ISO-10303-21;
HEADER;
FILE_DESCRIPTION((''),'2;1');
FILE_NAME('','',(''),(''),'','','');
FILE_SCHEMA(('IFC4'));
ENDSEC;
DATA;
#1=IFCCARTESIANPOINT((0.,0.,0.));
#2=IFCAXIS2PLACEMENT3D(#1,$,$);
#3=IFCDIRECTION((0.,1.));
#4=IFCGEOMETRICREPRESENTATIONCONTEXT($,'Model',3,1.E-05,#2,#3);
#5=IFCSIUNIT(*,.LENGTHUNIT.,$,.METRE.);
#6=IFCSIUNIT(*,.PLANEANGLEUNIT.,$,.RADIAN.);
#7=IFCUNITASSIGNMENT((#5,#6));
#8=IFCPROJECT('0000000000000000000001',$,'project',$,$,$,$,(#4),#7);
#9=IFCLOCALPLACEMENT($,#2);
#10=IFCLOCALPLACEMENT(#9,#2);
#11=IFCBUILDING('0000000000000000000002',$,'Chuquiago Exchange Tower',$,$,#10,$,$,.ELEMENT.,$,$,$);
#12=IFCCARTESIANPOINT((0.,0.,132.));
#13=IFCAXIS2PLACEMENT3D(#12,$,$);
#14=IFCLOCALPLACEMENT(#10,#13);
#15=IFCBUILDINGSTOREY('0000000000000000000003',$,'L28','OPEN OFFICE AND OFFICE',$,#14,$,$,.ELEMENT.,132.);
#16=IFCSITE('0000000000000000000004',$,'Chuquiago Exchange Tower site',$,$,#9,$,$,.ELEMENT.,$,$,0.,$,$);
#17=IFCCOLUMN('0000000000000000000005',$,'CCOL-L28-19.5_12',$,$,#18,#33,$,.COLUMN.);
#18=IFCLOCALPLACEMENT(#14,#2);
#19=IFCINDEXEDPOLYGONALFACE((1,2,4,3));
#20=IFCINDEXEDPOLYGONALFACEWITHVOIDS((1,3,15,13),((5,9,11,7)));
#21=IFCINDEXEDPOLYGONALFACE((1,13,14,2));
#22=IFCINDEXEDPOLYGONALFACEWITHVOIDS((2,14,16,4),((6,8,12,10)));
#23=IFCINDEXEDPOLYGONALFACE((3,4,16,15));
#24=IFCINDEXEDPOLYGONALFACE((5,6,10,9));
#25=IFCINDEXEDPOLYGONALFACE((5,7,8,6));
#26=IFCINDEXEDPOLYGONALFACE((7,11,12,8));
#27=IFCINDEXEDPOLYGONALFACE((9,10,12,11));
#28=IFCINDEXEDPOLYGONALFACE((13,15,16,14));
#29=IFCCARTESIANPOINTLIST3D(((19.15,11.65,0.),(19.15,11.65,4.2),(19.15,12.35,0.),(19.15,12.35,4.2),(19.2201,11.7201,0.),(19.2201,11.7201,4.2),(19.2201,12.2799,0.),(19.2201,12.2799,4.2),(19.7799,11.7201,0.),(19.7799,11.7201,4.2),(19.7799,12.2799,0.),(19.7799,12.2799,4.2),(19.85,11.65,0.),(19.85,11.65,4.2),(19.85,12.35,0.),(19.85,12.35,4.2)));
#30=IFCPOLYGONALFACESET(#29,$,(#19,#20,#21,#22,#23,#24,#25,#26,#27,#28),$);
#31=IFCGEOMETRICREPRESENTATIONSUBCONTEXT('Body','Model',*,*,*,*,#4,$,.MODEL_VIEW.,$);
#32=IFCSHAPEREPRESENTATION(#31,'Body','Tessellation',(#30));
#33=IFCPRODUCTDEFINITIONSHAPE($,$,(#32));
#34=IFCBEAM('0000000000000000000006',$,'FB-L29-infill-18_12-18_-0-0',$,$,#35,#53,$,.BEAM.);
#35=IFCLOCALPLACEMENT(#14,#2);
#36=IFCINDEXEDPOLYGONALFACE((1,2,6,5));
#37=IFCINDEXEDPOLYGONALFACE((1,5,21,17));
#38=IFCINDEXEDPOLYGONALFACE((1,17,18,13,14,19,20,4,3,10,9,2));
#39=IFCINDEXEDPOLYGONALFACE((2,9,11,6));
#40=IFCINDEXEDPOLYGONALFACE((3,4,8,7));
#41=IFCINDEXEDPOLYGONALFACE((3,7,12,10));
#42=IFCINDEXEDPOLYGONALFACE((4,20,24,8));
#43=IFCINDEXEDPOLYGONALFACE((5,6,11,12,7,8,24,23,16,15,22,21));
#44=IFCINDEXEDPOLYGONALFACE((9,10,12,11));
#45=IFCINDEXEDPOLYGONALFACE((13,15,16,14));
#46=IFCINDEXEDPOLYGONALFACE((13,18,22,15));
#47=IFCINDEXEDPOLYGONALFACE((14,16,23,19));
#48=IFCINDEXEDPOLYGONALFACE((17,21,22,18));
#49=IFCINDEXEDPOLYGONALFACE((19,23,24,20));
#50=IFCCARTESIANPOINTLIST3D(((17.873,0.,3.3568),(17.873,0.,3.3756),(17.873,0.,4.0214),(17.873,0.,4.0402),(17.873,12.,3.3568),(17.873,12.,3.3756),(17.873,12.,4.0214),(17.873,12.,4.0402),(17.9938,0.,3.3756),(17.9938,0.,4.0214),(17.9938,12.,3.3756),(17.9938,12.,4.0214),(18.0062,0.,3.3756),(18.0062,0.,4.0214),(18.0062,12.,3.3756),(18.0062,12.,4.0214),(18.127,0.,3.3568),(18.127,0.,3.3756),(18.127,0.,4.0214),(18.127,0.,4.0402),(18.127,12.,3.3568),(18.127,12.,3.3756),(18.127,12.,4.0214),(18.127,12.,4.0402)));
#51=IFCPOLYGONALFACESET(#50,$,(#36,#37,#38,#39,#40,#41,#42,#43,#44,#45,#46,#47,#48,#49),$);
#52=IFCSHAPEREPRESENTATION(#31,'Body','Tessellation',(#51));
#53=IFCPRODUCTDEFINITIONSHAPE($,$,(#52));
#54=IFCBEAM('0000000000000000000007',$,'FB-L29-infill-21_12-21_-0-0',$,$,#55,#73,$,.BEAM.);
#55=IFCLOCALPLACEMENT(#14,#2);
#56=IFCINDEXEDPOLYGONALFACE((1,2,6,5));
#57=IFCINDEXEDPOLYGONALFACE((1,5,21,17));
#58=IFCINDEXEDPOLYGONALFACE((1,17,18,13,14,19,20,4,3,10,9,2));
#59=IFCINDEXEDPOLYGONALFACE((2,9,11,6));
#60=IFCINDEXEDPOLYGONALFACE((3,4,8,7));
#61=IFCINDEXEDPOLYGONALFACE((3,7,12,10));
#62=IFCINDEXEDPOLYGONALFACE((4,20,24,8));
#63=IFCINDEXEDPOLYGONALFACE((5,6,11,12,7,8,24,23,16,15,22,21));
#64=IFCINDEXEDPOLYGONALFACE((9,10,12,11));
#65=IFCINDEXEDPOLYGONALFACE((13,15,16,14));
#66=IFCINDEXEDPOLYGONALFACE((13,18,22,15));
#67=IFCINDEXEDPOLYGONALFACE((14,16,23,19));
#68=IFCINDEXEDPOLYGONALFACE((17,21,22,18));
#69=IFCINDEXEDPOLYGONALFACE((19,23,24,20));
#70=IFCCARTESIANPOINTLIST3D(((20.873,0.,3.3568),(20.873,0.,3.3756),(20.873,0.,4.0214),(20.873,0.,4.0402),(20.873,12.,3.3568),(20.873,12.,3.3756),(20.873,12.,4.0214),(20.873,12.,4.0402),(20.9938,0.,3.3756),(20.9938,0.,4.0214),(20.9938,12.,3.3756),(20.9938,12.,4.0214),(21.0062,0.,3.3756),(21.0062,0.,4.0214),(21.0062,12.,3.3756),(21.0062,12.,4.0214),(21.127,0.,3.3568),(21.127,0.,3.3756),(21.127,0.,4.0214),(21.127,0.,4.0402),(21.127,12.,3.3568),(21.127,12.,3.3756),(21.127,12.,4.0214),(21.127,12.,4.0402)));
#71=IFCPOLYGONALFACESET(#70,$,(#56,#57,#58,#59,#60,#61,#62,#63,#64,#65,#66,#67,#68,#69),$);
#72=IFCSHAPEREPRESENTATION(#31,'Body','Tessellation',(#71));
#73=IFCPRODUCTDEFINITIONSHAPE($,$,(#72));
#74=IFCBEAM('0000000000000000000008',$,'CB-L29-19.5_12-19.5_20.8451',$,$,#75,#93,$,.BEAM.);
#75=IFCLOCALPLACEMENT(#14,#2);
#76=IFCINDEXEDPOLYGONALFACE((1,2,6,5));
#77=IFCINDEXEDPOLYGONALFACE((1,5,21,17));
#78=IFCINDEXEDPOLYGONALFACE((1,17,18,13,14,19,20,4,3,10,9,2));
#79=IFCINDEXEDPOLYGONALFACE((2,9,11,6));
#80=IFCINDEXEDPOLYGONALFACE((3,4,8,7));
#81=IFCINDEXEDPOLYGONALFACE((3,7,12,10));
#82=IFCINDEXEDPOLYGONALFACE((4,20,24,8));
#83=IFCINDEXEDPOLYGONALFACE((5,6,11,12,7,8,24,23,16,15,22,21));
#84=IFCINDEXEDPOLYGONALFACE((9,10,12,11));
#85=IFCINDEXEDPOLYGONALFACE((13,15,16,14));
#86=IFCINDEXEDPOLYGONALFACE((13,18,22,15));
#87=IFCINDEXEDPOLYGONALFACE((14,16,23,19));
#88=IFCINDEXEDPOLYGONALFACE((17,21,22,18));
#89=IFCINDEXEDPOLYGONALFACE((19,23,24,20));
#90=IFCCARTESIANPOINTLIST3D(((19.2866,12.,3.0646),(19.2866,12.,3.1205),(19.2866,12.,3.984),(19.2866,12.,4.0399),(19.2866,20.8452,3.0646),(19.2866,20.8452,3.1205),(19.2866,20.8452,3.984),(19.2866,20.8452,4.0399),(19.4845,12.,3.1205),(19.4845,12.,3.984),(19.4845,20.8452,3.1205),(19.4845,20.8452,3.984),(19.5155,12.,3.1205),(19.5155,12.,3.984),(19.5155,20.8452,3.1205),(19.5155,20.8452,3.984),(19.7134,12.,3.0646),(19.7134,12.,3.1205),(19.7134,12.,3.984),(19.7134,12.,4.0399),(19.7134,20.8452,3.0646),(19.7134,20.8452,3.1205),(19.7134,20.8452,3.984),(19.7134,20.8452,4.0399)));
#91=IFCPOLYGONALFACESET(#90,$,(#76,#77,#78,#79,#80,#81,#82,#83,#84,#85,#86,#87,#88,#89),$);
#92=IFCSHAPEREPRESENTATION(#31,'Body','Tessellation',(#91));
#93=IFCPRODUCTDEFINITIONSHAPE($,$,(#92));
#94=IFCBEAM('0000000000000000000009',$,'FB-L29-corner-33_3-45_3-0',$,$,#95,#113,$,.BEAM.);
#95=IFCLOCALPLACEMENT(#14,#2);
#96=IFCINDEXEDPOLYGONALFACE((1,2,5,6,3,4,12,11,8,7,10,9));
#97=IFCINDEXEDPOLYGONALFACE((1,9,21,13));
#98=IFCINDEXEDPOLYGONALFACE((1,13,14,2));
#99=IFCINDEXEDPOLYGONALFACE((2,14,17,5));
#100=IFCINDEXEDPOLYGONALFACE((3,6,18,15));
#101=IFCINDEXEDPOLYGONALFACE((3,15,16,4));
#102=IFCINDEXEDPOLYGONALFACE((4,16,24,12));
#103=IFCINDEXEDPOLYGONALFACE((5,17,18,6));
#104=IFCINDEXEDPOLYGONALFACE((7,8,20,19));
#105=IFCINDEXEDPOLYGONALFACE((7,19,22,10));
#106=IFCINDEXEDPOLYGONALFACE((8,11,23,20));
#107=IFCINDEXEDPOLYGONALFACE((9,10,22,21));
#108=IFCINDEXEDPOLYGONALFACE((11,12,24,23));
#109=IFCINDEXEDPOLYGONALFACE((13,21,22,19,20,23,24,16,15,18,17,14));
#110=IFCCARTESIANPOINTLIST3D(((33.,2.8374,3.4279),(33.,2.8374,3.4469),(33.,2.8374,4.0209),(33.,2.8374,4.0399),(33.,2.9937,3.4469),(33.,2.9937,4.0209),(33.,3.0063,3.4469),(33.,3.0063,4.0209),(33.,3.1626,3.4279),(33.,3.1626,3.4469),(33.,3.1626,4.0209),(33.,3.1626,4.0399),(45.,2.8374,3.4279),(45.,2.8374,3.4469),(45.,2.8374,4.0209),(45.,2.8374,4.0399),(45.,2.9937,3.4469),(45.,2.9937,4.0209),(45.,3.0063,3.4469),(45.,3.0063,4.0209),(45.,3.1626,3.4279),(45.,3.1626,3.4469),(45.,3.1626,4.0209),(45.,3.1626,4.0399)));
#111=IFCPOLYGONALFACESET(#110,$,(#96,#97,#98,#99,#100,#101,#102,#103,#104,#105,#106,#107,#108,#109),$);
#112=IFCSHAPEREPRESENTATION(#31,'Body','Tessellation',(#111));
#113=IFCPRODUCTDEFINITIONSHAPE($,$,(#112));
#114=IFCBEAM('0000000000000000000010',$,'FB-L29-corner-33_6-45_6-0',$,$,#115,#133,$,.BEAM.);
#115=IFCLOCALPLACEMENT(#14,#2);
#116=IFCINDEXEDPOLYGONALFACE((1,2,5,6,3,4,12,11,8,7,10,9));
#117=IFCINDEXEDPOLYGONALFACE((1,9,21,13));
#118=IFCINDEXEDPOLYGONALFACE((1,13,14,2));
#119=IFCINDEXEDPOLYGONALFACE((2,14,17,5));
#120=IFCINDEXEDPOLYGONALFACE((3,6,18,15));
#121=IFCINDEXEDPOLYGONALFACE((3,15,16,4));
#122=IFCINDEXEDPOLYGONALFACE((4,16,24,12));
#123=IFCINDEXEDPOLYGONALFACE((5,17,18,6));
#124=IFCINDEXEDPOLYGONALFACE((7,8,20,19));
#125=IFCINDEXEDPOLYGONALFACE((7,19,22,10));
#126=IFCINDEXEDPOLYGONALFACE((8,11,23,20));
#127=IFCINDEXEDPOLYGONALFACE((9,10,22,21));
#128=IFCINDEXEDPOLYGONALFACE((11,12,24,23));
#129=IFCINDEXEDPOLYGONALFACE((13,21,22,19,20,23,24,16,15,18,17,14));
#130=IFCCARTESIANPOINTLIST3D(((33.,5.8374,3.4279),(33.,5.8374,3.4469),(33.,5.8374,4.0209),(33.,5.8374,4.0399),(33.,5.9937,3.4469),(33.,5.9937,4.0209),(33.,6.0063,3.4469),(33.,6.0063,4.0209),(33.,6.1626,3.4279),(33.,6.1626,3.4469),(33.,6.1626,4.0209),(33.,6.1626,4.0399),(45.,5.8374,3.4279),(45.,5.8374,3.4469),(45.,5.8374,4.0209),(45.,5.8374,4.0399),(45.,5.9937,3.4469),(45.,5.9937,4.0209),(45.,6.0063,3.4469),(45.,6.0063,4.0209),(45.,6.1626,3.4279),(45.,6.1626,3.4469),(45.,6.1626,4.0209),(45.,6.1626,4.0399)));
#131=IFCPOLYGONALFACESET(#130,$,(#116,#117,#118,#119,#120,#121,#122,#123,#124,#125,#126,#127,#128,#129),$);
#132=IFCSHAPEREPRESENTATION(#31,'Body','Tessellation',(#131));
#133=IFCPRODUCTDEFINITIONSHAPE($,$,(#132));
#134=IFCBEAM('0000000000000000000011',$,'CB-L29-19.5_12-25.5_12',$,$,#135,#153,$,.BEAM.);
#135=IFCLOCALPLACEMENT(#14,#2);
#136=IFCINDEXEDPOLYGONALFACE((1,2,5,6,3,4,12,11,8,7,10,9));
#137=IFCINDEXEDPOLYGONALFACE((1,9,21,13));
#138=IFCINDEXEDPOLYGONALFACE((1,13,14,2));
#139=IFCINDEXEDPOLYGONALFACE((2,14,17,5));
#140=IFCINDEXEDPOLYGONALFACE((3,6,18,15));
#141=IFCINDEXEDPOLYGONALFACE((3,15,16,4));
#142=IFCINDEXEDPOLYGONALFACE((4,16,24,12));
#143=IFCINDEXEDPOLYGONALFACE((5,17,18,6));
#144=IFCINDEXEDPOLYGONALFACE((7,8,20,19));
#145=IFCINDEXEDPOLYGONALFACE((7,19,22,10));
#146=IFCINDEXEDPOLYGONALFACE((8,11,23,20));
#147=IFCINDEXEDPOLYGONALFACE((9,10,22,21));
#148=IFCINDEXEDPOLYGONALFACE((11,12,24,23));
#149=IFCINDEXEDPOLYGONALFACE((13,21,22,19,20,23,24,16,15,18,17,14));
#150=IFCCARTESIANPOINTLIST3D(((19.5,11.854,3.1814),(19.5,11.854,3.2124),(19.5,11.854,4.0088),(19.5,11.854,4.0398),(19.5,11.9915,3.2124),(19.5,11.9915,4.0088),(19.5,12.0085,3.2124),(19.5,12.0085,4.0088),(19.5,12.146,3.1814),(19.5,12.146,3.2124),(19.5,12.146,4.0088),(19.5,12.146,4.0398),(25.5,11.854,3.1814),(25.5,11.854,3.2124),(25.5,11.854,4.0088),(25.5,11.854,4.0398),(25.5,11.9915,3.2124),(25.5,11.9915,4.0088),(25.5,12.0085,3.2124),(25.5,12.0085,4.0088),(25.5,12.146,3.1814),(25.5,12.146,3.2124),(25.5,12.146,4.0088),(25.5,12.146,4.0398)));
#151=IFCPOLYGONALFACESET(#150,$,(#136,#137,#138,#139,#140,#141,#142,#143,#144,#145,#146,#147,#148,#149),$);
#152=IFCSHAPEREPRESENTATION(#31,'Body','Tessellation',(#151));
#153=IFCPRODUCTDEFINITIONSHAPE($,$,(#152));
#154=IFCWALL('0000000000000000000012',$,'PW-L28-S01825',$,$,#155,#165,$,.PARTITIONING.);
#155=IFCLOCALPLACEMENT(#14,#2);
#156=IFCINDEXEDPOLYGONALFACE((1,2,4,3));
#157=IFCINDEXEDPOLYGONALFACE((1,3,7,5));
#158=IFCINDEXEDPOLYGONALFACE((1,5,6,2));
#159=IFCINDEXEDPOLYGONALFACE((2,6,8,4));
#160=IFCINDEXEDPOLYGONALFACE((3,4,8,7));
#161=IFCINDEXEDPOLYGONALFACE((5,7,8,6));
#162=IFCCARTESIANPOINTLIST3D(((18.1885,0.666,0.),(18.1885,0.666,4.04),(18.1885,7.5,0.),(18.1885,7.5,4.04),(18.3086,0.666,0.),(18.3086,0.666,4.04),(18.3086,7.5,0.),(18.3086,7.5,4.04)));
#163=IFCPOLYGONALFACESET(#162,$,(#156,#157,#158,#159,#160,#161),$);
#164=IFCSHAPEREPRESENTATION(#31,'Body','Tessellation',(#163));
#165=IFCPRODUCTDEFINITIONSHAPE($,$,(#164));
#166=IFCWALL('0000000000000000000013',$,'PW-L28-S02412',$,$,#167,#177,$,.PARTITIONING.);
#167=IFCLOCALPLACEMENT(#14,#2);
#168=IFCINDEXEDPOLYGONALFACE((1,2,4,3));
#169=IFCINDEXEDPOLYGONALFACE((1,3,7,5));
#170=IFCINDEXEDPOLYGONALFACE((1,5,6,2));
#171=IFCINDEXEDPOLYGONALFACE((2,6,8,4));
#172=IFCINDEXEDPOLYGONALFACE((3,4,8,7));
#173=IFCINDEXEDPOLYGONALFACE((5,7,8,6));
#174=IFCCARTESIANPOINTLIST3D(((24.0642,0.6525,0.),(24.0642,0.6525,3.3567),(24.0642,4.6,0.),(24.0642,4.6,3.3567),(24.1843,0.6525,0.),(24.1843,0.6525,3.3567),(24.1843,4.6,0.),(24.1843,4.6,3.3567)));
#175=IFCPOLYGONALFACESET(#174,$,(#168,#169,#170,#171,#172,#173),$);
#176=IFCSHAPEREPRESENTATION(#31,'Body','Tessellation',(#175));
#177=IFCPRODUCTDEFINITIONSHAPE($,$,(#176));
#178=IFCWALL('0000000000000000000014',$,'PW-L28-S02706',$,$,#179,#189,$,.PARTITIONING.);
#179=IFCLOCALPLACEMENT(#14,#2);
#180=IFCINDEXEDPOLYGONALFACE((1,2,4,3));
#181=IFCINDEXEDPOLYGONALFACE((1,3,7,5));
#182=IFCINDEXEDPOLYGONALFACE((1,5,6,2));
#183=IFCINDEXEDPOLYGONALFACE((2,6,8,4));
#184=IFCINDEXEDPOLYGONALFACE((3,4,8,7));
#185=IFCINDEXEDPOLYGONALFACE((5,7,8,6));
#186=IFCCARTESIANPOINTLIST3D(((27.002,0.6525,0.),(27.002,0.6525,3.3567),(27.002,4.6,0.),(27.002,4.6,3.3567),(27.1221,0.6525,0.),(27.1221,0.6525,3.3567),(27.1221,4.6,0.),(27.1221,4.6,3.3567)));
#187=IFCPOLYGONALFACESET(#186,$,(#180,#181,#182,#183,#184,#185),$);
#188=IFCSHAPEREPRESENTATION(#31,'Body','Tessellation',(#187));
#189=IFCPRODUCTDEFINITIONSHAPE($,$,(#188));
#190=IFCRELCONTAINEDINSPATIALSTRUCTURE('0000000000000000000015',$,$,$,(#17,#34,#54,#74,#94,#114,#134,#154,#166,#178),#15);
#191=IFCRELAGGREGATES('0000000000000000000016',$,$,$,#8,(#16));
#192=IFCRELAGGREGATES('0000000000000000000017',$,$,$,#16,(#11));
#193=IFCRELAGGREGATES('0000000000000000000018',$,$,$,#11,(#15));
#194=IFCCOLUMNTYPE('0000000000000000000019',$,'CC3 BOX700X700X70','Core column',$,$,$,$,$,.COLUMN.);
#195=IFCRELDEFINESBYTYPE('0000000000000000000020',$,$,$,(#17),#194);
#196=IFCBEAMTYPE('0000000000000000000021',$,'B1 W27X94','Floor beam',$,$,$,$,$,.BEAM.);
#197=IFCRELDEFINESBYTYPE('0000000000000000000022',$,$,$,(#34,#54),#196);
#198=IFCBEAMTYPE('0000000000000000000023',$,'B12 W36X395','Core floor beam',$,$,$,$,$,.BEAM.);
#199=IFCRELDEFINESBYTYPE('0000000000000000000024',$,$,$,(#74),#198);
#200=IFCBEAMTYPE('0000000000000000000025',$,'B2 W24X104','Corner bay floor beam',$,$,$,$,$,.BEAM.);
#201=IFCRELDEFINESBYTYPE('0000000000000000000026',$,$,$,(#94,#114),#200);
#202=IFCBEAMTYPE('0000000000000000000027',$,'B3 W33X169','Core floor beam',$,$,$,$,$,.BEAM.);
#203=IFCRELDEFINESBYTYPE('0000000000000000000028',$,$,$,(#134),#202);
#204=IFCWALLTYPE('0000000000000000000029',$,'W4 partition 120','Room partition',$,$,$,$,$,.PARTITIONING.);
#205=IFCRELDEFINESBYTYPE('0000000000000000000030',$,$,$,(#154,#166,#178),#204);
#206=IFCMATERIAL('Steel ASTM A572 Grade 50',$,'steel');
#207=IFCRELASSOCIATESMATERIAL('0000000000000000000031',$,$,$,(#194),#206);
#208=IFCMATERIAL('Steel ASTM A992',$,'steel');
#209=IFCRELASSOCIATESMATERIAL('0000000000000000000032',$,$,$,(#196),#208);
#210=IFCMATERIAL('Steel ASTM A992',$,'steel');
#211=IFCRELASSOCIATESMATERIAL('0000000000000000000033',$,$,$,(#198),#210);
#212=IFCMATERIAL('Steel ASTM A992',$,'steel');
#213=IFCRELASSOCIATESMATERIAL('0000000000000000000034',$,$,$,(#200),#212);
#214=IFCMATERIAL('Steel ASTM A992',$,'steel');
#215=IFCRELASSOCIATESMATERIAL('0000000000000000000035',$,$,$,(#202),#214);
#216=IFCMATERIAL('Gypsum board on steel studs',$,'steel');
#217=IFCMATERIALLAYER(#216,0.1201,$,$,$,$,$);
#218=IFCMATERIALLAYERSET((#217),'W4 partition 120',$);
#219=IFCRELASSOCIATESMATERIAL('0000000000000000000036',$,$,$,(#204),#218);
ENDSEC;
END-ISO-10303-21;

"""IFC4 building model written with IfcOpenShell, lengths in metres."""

from ifc_helpers import new_model, si_unit, direction, frame, frame_2d, origin, origin_2d, place, context, subcontext, project, spatial, rectangle, hollow_rectangle, i_section, extrude, material, layer, layer_set, material_profile, profile_set, type_object, element, save


model = new_model("IFC4")

# Units and contexts
model_context = context("Model", 3, precision=1e-05, world=origin(), true_north=direction((0.0, 1.0)))
body_context = subcontext(model_context, "Body", "Model", "MODEL_VIEW")
ifc_project = project(units=[si_unit("LENGTHUNIT", "METRE"), si_unit("PLANEANGLEUNIT", "RADIAN")], contexts=[model_context])

# Site, building, storey
site_placement = place(None, origin())
site = spatial("IfcSite", under=ifc_project, at=site_placement, Name="Chuquiago Exchange Tower site", CompositionType="ELEMENT", RefElevation=0.0)
building_placement = place(site_placement, origin())
building = spatial("IfcBuilding", under=site, at=building_placement, Name="Chuquiago Exchange Tower", CompositionType="ELEMENT")
storey_placement = place(building_placement, frame((0.0, 0.0, 132.0)))
storey = spatial("IfcBuildingStorey", under=building, at=storey_placement, Name="L28", Description="OPEN OFFICE AND OFFICE", CompositionType="ELEMENT", Elevation=132.0)

# Column
ifc_material_1 = material(Name="Steel ASTM A572 Grade 50", Category="steel")
ifc_material_profile_1 = material_profile(ifc_material_1, hollow_rectangle(XDim=0.7, YDim=0.7, WallThickness=0.0701, at=origin_2d()), Name="BOX700X700X70")
ifc_profile_set_1 = profile_set([ifc_material_profile_1], Name="Steel ASTM A572 Grade 50")
column_type = type_object("IfcColumnType", Name="CC3 BOX700X700X70", Description="Core column", PredefinedType="COLUMN", material=ifc_profile_set_1)
column_placement = place(storey_placement, frame((19.5, 12.0, 0.0), z_axis=(0.0, 0.0, 1.0), x_axis=(1.0, 0.0, 0.0)))
element("IfcColumn", 1, at=column_placement, inside=storey, type_object=column_type, Name="CCOL-L28-19.5_12", PredefinedType="COLUMN", context=body_context, shape_type="SweptSolid", body=[
    extrude(hollow_rectangle(XDim=0.7, YDim=0.7, WallThickness=0.0701, at=origin_2d()), origin(), (0.0, 0.0, 1.0), 4.2),
])

# Beams
ifc_material_2 = material(Name="Steel ASTM A992", Category="steel")
ifc_material_profile_2 = material_profile(ifc_material_2, i_section(OverallWidth=0.2539, OverallDepth=0.6833, WebThickness=0.0125, FlangeThickness=0.0188, at=origin_2d()), Name="W27X94")
ifc_profile_set_2 = profile_set([ifc_material_profile_2], Name="Steel ASTM A992")
beam_type_1 = type_object("IfcBeamType", Name="B1 W27X94", Description="Floor beam", PredefinedType="BEAM", material=ifc_profile_set_2)
for number, where, z_axis, x_axis, name in (
    (2, (18.0, 12.0, 3.6985), (0.0, -1.0, 0.0), (1.0, 0.0, 0.0), "FB-L29-infill-18_12-18_-0-0"),
    (3, (21.0, 12.0, 3.6985), (0.0, -1.0, 0.0), (1.0, 0.0, 0.0), "FB-L29-infill-21_12-21_-0-0"),
):
    element("IfcBeam", number, at=place(storey_placement, frame(where, z_axis=z_axis, x_axis=x_axis)), inside=storey, type_object=beam_type_1, Name=name, PredefinedType="BEAM", context=body_context, shape_type="SweptSolid", body=[
        extrude(i_section(OverallWidth=0.2539, OverallDepth=0.6833, WebThickness=0.0125, FlangeThickness=0.0188, at=origin_2d()), origin(), (0.0, 0.0, 1.0), 12.0),
    ])
ifc_material_3 = material(Name="Steel ASTM A992", Category="steel")
ifc_material_profile_3 = material_profile(ifc_material_3, i_section(OverallWidth=0.4268, OverallDepth=0.9753, WebThickness=0.031, FlangeThickness=0.0559, at=origin_2d()), Name="W36X395")
ifc_profile_set_3 = profile_set([ifc_material_profile_3], Name="Steel ASTM A992")
beam_type_2 = type_object("IfcBeamType", Name="B12 W36X395", Description="Core floor beam", PredefinedType="BEAM", material=ifc_profile_set_3)
beam_1_placement = place(storey_placement, frame((19.5, 12.0, 3.5522), z_axis=(0.0, 1.0, 0.0), x_axis=(-1.0, 0.0, 0.0)))
element("IfcBeam", 4, at=beam_1_placement, inside=storey, type_object=beam_type_2, Name="CB-L29-19.5_12-19.5_20.8451", PredefinedType="BEAM", context=body_context, shape_type="SweptSolid", body=[
    extrude(i_section(OverallWidth=0.4268, OverallDepth=0.9753, WebThickness=0.031, FlangeThickness=0.0559, at=origin_2d()), origin(), (0.0, 0.0, 1.0), 8.8452),
])
ifc_material_4 = material(Name="Steel ASTM A992", Category="steel")
ifc_material_profile_4 = material_profile(ifc_material_4, i_section(OverallWidth=0.3252, OverallDepth=0.6121, WebThickness=0.0127, FlangeThickness=0.019, at=origin_2d()), Name="W24X104")
ifc_profile_set_4 = profile_set([ifc_material_profile_4], Name="Steel ASTM A992")
beam_type_3 = type_object("IfcBeamType", Name="B2 W24X104", Description="Corner bay floor beam", PredefinedType="BEAM", material=ifc_profile_set_4)
for number, where, z_axis, x_axis, name in (
    (5, (33.0, 3.0, 3.7339), (1.0, 0.0, 0.0), (0.0, 1.0, 0.0), "FB-L29-corner-33_3-45_3-0"),
    (6, (33.0, 6.0, 3.7339), (1.0, 0.0, 0.0), (0.0, 1.0, 0.0), "FB-L29-corner-33_6-45_6-0"),
):
    element("IfcBeam", number, at=place(storey_placement, frame(where, z_axis=z_axis, x_axis=x_axis)), inside=storey, type_object=beam_type_3, Name=name, PredefinedType="BEAM", context=body_context, shape_type="SweptSolid", body=[
        extrude(i_section(OverallWidth=0.3252, OverallDepth=0.6121, WebThickness=0.0127, FlangeThickness=0.019, at=origin_2d()), origin(), (0.0, 0.0, 1.0), 12.0),
    ])
ifc_material_5 = material(Name="Steel ASTM A992", Category="steel")
ifc_material_profile_5 = material_profile(ifc_material_5, i_section(OverallWidth=0.292, OverallDepth=0.8584, WebThickness=0.0171, FlangeThickness=0.031, at=origin_2d()), Name="W33X169")
ifc_profile_set_5 = profile_set([ifc_material_profile_5], Name="Steel ASTM A992")
beam_type_4 = type_object("IfcBeamType", Name="B3 W33X169", Description="Core floor beam", PredefinedType="BEAM", material=ifc_profile_set_5)
beam_2_placement = place(storey_placement, frame((19.5, 12.0, 3.6106), z_axis=(1.0, 0.0, 0.0), x_axis=(0.0, 1.0, 0.0)))
element("IfcBeam", 7, at=beam_2_placement, inside=storey, type_object=beam_type_4, Name="CB-L29-19.5_12-25.5_12", PredefinedType="BEAM", context=body_context, shape_type="SweptSolid", body=[
    extrude(i_section(OverallWidth=0.292, OverallDepth=0.8584, WebThickness=0.0171, FlangeThickness=0.031, at=origin_2d()), origin(), (0.0, 0.0, 1.0), 6.0),
])

# Walls
ifc_material_6 = material(Name="Gypsum board on steel studs", Category="steel")
ifc_layer = layer(ifc_material_6, 0.1201)
ifc_layer_set = layer_set([ifc_layer], Name="W4 partition 120")
wall_type = type_object("IfcWallType", Name="W4 partition 120", Description="Room partition", PredefinedType="PARTITIONING", material=ifc_layer_set)
wall_1_placement = place(storey_placement, frame((18.2485, 0.666, 0.0), z_axis=(0.0, 0.0, 1.0), x_axis=(0.0, 1.0, 0.0)))
element("IfcWall", 8, at=wall_1_placement, inside=storey, type_object=wall_type, Name="PW-L28-S01825", PredefinedType="PARTITIONING", context=body_context, shape_type="SweptSolid", body=[
    extrude(rectangle(XDim=6.834, YDim=0.1201, at=frame_2d((3.417, 0.0))), origin(), (0.0, 0.0, 1.0), 4.04),
])
for number, where, z_axis, x_axis, name in (
    (9, (24.1243, 0.6526, 0.0), (0.0, 0.0, 1.0), (0.0, 1.0, 0.0), "PW-L28-S02412"),
    (10, (27.062, 0.6526, 0.0), (0.0, 0.0, 1.0), (0.0, 1.0, 0.0), "PW-L28-S02706"),
):
    element("IfcWall", number, at=place(storey_placement, frame(where, z_axis=z_axis, x_axis=x_axis)), inside=storey, type_object=wall_type, Name=name, PredefinedType="PARTITIONING", context=body_context, shape_type="SweptSolid", body=[
        extrude(rectangle(XDim=3.9475, YDim=0.1201, at=frame_2d((1.9736, 0.0))), origin(), (0.0, 0.0, 1.0), 3.3567),
    ])

save(model, "model.ifc")
